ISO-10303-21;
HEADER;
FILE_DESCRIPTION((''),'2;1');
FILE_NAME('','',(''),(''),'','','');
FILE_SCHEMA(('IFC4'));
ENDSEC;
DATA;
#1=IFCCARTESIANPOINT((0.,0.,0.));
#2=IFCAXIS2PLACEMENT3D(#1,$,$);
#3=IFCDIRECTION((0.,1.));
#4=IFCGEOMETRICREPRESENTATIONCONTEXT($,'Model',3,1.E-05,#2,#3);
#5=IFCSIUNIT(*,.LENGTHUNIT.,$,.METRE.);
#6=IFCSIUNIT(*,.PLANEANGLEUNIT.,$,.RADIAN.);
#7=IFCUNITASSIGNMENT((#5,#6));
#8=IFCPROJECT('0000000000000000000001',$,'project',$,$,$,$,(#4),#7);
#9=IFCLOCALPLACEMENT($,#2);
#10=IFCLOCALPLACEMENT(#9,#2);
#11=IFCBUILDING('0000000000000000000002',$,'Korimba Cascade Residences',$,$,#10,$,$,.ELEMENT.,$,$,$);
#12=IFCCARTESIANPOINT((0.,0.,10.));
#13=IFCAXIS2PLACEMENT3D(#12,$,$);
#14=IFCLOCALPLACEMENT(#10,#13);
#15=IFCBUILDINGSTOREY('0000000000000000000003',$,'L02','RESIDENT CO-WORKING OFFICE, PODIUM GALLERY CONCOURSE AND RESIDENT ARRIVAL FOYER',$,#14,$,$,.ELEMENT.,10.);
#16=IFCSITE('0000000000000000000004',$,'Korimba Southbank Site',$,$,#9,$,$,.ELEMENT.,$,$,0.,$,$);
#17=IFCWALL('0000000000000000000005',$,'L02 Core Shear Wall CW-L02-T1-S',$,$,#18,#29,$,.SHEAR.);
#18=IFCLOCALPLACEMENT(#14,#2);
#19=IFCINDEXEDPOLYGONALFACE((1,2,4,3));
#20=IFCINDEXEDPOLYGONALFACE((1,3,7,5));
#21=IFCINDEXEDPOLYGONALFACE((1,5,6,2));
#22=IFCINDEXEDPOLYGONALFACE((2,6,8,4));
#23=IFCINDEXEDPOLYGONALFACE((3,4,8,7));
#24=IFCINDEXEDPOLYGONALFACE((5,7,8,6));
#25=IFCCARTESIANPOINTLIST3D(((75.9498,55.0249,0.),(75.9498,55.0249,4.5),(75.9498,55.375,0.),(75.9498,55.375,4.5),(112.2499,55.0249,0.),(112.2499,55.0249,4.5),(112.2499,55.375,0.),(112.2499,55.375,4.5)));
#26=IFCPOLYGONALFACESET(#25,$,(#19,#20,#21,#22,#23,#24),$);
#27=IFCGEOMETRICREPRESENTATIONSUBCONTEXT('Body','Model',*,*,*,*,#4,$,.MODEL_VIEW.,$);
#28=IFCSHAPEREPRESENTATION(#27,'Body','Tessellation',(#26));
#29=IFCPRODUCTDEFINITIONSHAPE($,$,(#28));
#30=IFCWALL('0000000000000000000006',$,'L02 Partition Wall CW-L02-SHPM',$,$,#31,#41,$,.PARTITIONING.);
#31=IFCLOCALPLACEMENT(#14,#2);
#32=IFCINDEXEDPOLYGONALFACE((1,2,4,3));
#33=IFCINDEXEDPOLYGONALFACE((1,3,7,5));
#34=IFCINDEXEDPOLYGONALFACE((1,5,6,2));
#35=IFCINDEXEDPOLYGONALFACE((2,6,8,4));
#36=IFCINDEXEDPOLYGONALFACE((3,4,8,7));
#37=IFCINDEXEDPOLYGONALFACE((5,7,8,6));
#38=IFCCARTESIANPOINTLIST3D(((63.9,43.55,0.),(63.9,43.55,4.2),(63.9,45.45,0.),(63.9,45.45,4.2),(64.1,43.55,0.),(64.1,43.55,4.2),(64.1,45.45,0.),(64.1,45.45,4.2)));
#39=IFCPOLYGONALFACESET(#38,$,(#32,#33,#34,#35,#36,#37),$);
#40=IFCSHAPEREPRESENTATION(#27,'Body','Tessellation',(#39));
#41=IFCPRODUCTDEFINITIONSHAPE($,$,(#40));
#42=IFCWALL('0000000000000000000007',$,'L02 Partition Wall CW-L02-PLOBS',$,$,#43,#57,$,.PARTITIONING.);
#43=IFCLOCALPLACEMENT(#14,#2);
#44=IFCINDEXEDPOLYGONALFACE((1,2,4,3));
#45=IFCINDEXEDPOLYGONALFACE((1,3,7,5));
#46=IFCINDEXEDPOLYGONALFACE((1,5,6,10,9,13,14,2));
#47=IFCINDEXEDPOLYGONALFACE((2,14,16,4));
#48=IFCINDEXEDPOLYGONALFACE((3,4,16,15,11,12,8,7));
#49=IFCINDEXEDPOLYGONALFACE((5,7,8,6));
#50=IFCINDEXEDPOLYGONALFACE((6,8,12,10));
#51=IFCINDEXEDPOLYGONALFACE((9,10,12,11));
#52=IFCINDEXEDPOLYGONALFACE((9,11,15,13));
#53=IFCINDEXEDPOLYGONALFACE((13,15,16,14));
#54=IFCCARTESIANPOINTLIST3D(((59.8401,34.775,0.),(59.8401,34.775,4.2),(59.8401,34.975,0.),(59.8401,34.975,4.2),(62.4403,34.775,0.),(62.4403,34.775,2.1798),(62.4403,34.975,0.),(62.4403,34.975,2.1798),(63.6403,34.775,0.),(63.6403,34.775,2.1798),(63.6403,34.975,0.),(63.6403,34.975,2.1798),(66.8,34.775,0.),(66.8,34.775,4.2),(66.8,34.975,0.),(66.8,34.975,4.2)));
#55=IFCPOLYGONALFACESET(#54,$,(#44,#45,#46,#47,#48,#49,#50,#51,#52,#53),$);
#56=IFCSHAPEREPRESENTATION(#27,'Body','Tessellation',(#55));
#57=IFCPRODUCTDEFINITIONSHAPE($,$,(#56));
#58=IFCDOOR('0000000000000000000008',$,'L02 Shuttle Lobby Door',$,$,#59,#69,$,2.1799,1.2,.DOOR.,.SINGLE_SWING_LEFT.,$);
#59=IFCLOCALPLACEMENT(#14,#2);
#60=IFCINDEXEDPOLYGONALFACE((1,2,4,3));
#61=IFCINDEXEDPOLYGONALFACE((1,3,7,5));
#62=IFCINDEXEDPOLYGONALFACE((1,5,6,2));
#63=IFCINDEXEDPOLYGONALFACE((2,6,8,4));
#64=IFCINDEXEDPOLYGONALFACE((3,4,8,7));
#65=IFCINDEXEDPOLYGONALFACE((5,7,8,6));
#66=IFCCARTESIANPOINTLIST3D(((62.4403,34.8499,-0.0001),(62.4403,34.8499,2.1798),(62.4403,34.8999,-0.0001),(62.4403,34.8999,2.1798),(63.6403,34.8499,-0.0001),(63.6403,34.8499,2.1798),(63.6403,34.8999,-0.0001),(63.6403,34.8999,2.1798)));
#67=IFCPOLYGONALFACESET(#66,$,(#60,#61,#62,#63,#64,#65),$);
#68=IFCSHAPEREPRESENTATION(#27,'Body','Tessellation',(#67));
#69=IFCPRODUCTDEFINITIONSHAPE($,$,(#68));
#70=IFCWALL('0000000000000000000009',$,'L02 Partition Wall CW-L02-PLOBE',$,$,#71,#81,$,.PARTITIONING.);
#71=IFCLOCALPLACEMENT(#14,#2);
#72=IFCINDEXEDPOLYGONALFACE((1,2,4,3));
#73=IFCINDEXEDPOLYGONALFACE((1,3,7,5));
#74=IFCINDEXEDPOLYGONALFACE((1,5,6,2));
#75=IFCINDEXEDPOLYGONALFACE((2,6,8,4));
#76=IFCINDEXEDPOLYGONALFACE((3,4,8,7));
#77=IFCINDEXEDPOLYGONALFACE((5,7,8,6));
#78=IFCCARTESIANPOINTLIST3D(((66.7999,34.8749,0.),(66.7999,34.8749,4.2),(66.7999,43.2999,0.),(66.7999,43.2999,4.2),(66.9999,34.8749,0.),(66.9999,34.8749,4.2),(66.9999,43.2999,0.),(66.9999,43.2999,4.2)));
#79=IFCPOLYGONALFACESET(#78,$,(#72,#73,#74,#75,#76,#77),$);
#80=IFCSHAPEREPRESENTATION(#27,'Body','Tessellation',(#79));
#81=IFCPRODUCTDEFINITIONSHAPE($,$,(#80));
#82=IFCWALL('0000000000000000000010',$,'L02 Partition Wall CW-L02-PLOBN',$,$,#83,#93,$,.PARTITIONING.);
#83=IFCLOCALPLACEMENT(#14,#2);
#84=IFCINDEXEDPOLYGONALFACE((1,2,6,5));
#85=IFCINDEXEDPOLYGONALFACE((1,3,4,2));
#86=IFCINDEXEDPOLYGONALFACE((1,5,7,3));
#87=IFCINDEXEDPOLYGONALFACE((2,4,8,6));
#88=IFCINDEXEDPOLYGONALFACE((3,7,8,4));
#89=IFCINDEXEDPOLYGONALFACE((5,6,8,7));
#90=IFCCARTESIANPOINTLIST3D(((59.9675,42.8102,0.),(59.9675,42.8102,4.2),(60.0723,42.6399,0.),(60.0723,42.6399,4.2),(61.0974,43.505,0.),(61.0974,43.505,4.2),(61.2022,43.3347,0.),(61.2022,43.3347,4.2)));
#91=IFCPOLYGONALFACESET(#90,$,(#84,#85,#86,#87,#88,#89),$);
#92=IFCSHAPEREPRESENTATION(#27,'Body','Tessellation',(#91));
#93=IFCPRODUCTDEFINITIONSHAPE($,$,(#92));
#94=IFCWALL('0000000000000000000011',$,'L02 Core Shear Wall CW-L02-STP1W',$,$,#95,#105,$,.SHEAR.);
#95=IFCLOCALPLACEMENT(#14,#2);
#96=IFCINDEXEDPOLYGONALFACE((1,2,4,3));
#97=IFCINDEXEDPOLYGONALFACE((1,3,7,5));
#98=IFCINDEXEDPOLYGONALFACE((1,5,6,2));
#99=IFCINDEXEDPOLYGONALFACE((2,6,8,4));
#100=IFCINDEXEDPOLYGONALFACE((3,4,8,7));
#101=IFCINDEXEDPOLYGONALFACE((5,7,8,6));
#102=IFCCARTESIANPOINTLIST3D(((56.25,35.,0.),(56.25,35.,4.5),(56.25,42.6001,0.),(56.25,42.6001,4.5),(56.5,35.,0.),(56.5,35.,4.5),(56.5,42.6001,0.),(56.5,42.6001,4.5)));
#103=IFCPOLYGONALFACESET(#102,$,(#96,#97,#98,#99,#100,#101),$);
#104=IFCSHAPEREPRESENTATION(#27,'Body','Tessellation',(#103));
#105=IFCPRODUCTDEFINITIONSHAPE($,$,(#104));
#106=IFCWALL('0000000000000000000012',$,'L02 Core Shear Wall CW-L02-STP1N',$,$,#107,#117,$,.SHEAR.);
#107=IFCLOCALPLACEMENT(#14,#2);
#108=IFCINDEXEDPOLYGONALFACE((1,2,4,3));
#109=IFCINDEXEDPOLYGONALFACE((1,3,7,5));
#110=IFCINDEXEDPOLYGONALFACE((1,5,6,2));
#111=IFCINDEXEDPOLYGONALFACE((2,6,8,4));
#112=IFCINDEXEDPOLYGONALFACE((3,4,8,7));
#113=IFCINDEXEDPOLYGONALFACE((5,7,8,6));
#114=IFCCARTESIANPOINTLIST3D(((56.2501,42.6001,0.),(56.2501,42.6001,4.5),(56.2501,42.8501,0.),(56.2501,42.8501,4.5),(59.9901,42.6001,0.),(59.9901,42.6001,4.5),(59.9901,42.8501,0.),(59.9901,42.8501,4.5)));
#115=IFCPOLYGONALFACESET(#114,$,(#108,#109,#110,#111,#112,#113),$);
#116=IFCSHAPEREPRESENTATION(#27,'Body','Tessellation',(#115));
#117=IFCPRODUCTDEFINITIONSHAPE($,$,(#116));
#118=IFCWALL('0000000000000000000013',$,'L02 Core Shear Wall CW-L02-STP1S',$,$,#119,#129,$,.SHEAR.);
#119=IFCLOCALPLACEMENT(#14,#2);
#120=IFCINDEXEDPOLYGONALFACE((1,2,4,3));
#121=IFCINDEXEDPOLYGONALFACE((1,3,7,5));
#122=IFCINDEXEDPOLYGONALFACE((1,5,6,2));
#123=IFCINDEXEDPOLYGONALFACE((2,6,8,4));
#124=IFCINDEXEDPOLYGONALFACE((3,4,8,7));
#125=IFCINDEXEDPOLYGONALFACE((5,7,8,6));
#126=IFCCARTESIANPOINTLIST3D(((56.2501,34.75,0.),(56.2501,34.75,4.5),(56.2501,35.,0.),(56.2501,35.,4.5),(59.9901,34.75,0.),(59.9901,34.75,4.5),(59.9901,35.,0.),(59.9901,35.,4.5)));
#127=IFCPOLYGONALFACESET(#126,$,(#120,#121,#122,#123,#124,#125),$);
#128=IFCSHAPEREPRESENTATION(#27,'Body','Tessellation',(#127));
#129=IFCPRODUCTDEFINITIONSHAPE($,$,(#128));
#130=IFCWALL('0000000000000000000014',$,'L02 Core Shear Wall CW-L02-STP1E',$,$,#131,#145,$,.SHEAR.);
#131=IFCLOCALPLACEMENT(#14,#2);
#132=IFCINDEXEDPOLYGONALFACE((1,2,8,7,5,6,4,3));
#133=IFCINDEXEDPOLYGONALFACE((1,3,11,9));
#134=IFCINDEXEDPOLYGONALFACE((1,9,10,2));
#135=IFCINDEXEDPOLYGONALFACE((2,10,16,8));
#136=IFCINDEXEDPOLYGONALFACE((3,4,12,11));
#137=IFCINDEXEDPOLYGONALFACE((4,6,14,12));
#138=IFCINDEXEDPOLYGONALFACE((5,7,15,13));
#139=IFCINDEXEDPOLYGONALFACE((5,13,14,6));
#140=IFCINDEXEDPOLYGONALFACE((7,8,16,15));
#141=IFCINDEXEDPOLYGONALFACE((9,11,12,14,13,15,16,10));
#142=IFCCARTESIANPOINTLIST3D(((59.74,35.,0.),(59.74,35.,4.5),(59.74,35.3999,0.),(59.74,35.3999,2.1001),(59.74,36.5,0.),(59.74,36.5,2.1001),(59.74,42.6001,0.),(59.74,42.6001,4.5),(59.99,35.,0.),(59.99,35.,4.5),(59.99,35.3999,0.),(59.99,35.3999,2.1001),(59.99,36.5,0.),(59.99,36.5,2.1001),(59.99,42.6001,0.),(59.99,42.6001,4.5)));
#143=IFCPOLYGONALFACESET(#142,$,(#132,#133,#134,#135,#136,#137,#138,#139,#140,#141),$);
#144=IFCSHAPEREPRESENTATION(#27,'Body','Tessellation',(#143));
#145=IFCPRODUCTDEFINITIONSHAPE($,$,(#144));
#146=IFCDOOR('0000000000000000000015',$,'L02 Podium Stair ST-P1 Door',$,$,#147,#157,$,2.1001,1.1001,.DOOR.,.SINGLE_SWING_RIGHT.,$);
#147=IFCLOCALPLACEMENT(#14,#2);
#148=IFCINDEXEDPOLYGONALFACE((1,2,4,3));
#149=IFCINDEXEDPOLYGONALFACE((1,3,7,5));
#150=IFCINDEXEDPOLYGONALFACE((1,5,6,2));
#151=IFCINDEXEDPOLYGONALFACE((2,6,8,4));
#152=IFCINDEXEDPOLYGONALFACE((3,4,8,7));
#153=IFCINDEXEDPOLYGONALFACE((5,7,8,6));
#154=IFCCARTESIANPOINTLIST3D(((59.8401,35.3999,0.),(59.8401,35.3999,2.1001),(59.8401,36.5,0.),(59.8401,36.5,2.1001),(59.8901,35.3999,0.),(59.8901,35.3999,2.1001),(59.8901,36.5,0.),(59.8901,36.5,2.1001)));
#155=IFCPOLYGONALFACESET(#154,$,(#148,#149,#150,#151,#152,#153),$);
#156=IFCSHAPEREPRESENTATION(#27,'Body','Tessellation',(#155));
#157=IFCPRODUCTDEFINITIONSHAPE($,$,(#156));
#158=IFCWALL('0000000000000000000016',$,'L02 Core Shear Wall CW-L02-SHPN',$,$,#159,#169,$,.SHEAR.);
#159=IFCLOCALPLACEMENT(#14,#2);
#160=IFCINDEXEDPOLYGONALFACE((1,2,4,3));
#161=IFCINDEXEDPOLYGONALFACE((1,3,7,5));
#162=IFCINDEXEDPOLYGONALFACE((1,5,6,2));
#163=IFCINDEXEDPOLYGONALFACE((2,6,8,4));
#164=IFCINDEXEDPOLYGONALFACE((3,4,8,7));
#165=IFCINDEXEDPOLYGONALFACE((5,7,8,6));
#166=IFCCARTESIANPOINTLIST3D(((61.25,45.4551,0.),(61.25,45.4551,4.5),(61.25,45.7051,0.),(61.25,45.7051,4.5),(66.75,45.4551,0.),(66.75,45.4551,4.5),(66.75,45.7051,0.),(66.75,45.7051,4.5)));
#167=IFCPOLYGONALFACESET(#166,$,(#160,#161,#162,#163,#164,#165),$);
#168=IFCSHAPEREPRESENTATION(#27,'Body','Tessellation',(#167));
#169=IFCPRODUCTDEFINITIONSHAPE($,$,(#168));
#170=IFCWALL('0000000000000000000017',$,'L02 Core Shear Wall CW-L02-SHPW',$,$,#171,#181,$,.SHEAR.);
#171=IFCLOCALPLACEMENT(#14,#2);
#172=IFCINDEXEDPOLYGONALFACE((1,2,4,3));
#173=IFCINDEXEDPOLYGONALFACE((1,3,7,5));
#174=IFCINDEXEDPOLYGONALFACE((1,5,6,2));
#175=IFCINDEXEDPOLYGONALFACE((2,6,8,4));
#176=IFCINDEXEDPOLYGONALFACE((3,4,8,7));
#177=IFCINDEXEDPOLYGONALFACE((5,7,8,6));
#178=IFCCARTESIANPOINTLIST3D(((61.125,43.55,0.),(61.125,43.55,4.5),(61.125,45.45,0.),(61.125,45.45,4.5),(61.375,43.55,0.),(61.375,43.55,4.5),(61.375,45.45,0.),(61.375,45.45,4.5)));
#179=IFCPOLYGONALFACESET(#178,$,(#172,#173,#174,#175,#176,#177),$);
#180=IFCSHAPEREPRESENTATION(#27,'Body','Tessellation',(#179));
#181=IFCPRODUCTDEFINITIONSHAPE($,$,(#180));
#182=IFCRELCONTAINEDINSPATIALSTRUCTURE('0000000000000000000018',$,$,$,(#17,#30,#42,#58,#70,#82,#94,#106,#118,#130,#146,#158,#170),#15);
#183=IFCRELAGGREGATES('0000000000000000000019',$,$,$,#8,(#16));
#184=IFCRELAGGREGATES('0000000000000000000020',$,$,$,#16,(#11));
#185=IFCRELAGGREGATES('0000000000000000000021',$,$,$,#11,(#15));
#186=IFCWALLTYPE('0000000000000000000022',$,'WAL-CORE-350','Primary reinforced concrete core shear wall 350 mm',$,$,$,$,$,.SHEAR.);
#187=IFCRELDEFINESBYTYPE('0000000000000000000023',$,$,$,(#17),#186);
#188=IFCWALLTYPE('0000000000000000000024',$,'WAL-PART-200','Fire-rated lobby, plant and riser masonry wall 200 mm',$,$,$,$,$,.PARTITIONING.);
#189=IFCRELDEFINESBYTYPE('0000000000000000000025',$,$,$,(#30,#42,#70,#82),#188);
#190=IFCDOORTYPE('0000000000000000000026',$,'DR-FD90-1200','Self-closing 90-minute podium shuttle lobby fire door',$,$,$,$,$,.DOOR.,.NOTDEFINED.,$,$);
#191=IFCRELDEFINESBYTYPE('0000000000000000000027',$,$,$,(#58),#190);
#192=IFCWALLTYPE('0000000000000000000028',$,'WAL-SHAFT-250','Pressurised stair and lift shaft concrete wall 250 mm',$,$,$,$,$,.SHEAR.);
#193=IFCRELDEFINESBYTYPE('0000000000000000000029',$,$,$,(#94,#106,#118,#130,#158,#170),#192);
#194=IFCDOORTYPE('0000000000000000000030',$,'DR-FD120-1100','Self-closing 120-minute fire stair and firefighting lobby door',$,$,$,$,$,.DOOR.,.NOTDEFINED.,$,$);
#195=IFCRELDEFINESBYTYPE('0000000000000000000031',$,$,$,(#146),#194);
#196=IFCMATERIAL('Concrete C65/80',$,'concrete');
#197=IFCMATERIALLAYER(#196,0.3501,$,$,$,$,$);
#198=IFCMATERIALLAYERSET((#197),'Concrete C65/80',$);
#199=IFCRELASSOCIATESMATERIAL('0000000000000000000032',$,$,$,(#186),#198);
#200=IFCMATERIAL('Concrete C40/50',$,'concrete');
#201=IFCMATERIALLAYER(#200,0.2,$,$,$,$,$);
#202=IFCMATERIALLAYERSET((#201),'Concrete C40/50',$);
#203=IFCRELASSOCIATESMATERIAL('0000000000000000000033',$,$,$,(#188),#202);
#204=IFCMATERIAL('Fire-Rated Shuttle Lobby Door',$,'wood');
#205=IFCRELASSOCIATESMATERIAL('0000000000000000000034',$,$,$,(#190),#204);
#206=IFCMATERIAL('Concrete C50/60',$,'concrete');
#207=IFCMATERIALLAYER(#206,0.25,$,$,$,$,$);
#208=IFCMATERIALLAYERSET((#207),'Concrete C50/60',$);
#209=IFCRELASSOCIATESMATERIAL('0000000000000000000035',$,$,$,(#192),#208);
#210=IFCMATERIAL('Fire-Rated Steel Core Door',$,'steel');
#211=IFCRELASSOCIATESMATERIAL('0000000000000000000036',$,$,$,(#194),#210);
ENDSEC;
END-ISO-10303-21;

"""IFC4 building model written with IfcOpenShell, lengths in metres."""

from ifc_helpers import new_model, si_unit, direction, frame, frame_2d, origin, place, context, subcontext, project, spatial, rectangle, extrude, material, layer, layer_set, type_object, element, fill, save


model = new_model("IFC4")

# Units and contexts
model_context = context("Model", 3, precision=1e-05, world=origin(), true_north=direction((0.0, 1.0)))
body_context = subcontext(model_context, "Body", "Model", "MODEL_VIEW")
ifc_project = project(units=[si_unit("LENGTHUNIT", "METRE"), si_unit("PLANEANGLEUNIT", "RADIAN")], contexts=[model_context])

# Site, building, storey
site_placement = place(None, origin())
site = spatial("IfcSite", under=ifc_project, at=site_placement, Name="Korimba Southbank Site", CompositionType="ELEMENT", RefElevation=0.0)
building_placement = place(site_placement, origin())
building = spatial("IfcBuilding", under=site, at=building_placement, Name="Korimba Cascade Residences", CompositionType="ELEMENT")
storey_placement = place(building_placement, frame((0.0, 0.0, 10.0)))
storey = spatial("IfcBuildingStorey", under=building, at=storey_placement, Name="L02", Description="RESIDENT CO-WORKING OFFICE, PODIUM GALLERY CONCOURSE AND RESIDENT ARRIVAL FOYER", CompositionType="ELEMENT", Elevation=10.0)

# Shared definitions
ifc_material_1 = material(Name="Concrete C50/60", Category="concrete")

# Walls
ifc_material_2 = material(Name="Concrete C65/80", Category="concrete")
ifc_layer_1 = layer(ifc_material_2, 0.3501)
ifc_layer_set_1 = layer_set([ifc_layer_1], Name="Concrete C65/80")
wall_type_1 = type_object("IfcWallType", Name="WAL-CORE-350", Description="Primary reinforced concrete core shear wall 350 mm", PredefinedType="SHEAR", material=ifc_layer_set_1)
wall_1_placement = place(storey_placement, frame((75.95, 55.2, 0.0), z_axis=(0.0, 0.0, 1.0), x_axis=(1.0, 0.0, 0.0)))
element("IfcWall", 1, at=wall_1_placement, inside=storey, type_object=wall_type_1, Name="L02 Core Shear Wall CW-L02-T1-S", PredefinedType="SHEAR", context=body_context, shape_type="SweptSolid", body=[
    extrude(rectangle(XDim=36.3, YDim=0.3501, at=frame_2d((18.1499, 0.0))), origin(), (0.0, 0.0, 1.0), 4.5),
])
ifc_material_3 = material(Name="Concrete C40/50", Category="concrete")
ifc_layer_2 = layer(ifc_material_3, 0.2)
ifc_layer_set_2 = layer_set([ifc_layer_2], Name="Concrete C40/50")
wall_type_2 = type_object("IfcWallType", Name="WAL-PART-200", Description="Fire-rated lobby, plant and riser masonry wall 200 mm", PredefinedType="PARTITIONING", material=ifc_layer_set_2)
wall_2_placement = place(storey_placement, frame((64.0, 43.55, 0.0), z_axis=(0.0, 0.0, 1.0), x_axis=(0.0, 1.0, 0.0)))
element("IfcWall", 2, at=wall_2_placement, inside=storey, type_object=wall_type_2, Name="L02 Partition Wall CW-L02-SHPM", PredefinedType="PARTITIONING", context=body_context, shape_type="SweptSolid", body=[
    extrude(rectangle(XDim=1.8999, YDim=0.2, at=frame_2d((0.95, 0.0))), origin(), (0.0, 0.0, 1.0), 4.2),
])

# Wall, opening, door
wall_3_placement = place(storey_placement, frame((59.8401, 34.875, 0.0), z_axis=(0.0, 0.0, 1.0), x_axis=(1.0, 0.0, 0.0)))
wall_3 = element("IfcWall", 3, at=wall_3_placement, inside=storey, type_object=wall_type_2, Name="L02 Partition Wall CW-L02-PLOBS", PredefinedType="PARTITIONING", context=body_context, shape_type="SweptSolid", body=[
    extrude(rectangle(XDim=6.96, YDim=0.2, at=frame_2d((3.48, 0.0))), origin(), (0.0, 0.0, 1.0), 4.2),
])
opening_1_placement = place(wall_3_placement, frame((2.6001, 0.0, 0.0)))
opening_1 = element("IfcOpeningElement", 4, at=opening_1_placement, cuts=wall_3, PredefinedType="OPENING", context=body_context, shape_type="SweptSolid", body=[
    extrude(rectangle(XDim=1.2, YDim=2.1799, at=frame_2d((0.6001, 1.0898))), frame((0.0, 0.1099, 0.0), z_axis=(0.0, -1.0, 0.0), x_axis=(1.0, 0.0, 0.0)), (0.0, 0.0, 1.0), 0.22),
])
ifc_material_4 = material(Name="Fire-Rated Shuttle Lobby Door", Category="wood")
door_type_1 = type_object("IfcDoorType", Name="DR-FD90-1200", Description="Self-closing 90-minute podium shuttle lobby fire door", OperationType="NOTDEFINED", PredefinedType="DOOR", material=ifc_material_4)
door_1_placement = place(opening_1_placement, origin())
door_1 = element("IfcDoor", 5, at=door_1_placement, inside=storey, type_object=door_type_1, Name="L02 Shuttle Lobby Door", OperationType="SINGLE_SWING_LEFT", OverallHeight=2.1799, OverallWidth=1.2, PredefinedType="DOOR", context=body_context, shape_type="SweptSolid", body=[
    extrude(rectangle(XDim=1.2, YDim=2.1799, at=frame_2d((0.6001, 1.0898))), frame((0.0, 0.0249, 0.0), z_axis=(0.0, -1.0, 0.0), x_axis=(1.0, 0.0, 0.0)), (0.0, 0.0, 1.0), 0.05),
])
fill(opening_1, door_1)

# Walls
wall_4_placement = place(storey_placement, frame((66.8999, 34.875, 0.0), z_axis=(0.0, 0.0, 1.0), x_axis=(0.0, 1.0, 0.0)))
element("IfcWall", 6, at=wall_4_placement, inside=storey, type_object=wall_type_2, Name="L02 Partition Wall CW-L02-PLOBE", PredefinedType="PARTITIONING", context=body_context, shape_type="SweptSolid", body=[
    extrude(rectangle(XDim=8.425, YDim=0.2, at=frame_2d((4.2124, 0.0))), origin(), (0.0, 0.0, 1.0), 4.2),
])
wall_5_placement = place(storey_placement, frame((60.02, 42.7251, 0.0), z_axis=(0.0, 0.0, 1.0), x_axis=(0.851823, 0.52383, 0.0)))
element("IfcWall", 7, at=wall_5_placement, inside=storey, type_object=wall_type_2, Name="L02 Partition Wall CW-L02-PLOBN", PredefinedType="PARTITIONING", context=body_context, shape_type="SweptSolid", body=[
    extrude(rectangle(XDim=1.3264, YDim=0.2, at=frame_2d((0.6631, 0.0))), origin(), (0.0, 0.0, 1.0), 4.2),
])
ifc_layer_3 = layer(ifc_material_1, 0.25)
ifc_layer_set_3 = layer_set([ifc_layer_3], Name="Concrete C50/60")
wall_type_3 = type_object("IfcWallType", Name="WAL-SHAFT-250", Description="Pressurised stair and lift shaft concrete wall 250 mm", PredefinedType="SHEAR", material=ifc_layer_set_3)
wall_6_placement = place(storey_placement, frame((56.375, 35.0, 0.0), z_axis=(0.0, 0.0, 1.0), x_axis=(0.0, 1.0, 0.0)))
element("IfcWall", 8, at=wall_6_placement, inside=storey, type_object=wall_type_3, Name="L02 Core Shear Wall CW-L02-STP1W", PredefinedType="SHEAR", context=body_context, shape_type="SweptSolid", body=[
    extrude(rectangle(XDim=7.6001, YDim=0.25, at=frame_2d((3.8, 0.0))), origin(), (0.0, 0.0, 1.0), 4.5),
])
for number, where, z_axis, x_axis, name in (
    (9, (56.25, 42.7251, 0.0), (0.0, 0.0, 1.0), (1.0, 0.0, 0.0), "L02 Core Shear Wall CW-L02-STP1N"),
    (10, (56.25, 34.875, 0.0), (0.0, 0.0, 1.0), (1.0, 0.0, 0.0), "L02 Core Shear Wall CW-L02-STP1S"),
):
    element("IfcWall", number, at=place(storey_placement, frame(where, z_axis=z_axis, x_axis=x_axis)), inside=storey, type_object=wall_type_3, Name=name, PredefinedType="SHEAR", context=body_context, shape_type="SweptSolid", body=[
        extrude(rectangle(XDim=3.74, YDim=0.25, at=frame_2d((1.8701, 0.0))), origin(), (0.0, 0.0, 1.0), 4.5),
    ])

# Wall, opening, door
wall_7_placement = place(storey_placement, frame((59.865, 35.0, 0.0), z_axis=(0.0, 0.0, 1.0), x_axis=(0.0, 1.0, 0.0)))
wall_7 = element("IfcWall", 11, at=wall_7_placement, inside=storey, type_object=wall_type_3, Name="L02 Core Shear Wall CW-L02-STP1E", PredefinedType="SHEAR", context=body_context, shape_type="SweptSolid", body=[
    extrude(rectangle(XDim=7.6001, YDim=0.25, at=frame_2d((3.8, 0.0))), origin(), (0.0, 0.0, 1.0), 4.5),
])
opening_2_placement = place(wall_7_placement, frame((0.3999, 0.0, 0.0)))
opening_2 = element("IfcOpeningElement", 12, at=opening_2_placement, cuts=wall_7, PredefinedType="OPENING", context=body_context, shape_type="SweptSolid", body=[
    extrude(rectangle(XDim=1.1001, YDim=2.1001, at=frame_2d((0.55, 1.05))), frame((0.0, 0.135, 0.0), z_axis=(0.0, -1.0, 0.0), x_axis=(1.0, 0.0, 0.0)), (0.0, 0.0, 1.0), 0.27),
])
ifc_material_5 = material(Name="Fire-Rated Steel Core Door", Category="steel")
door_type_2 = type_object("IfcDoorType", Name="DR-FD120-1100", Description="Self-closing 120-minute fire stair and firefighting lobby door", OperationType="NOTDEFINED", PredefinedType="DOOR", material=ifc_material_5)
door_2_placement = place(opening_2_placement, origin())
door_2 = element("IfcDoor", 13, at=door_2_placement, inside=storey, type_object=door_type_2, Name="L02 Podium Stair ST-P1 Door", OperationType="SINGLE_SWING_RIGHT", OverallHeight=2.1001, OverallWidth=1.1001, PredefinedType="DOOR", context=body_context, shape_type="SweptSolid", body=[
    extrude(rectangle(XDim=1.1001, YDim=2.1001, at=frame_2d((0.55, 1.05))), frame((0.0, 0.0249, 0.0), z_axis=(0.0, -1.0, 0.0), x_axis=(1.0, 0.0, 0.0)), (0.0, 0.0, 1.0), 0.05),
])
fill(opening_2, door_2)

# Walls
wall_8_placement = place(storey_placement, frame((61.25, 45.5801, 0.0), z_axis=(0.0, 0.0, 1.0), x_axis=(1.0, 0.0, 0.0)))
element("IfcWall", 14, at=wall_8_placement, inside=storey, type_object=wall_type_3, Name="L02 Core Shear Wall CW-L02-SHPN", PredefinedType="SHEAR", context=body_context, shape_type="SweptSolid", body=[
    extrude(rectangle(XDim=5.5, YDim=0.25, at=frame_2d((2.75, 0.0))), origin(), (0.0, 0.0, 1.0), 4.5),
])
for number, where, z_axis, x_axis, name in (
    (15, (61.25, 43.55, 0.0), (0.0, 0.0, 1.0), (0.0, 1.0, 0.0), "L02 Core Shear Wall CW-L02-SHPW"),
):
    element("IfcWall", number, at=place(storey_placement, frame(where, z_axis=z_axis, x_axis=x_axis)), inside=storey, type_object=wall_type_3, Name=name, PredefinedType="SHEAR", context=body_context, shape_type="SweptSolid", body=[
        extrude(rectangle(XDim=1.8999, YDim=0.25, at=frame_2d((0.95, 0.0))), origin(), (0.0, 0.0, 1.0), 4.5),
    ])

save(model, "model.ifc")
